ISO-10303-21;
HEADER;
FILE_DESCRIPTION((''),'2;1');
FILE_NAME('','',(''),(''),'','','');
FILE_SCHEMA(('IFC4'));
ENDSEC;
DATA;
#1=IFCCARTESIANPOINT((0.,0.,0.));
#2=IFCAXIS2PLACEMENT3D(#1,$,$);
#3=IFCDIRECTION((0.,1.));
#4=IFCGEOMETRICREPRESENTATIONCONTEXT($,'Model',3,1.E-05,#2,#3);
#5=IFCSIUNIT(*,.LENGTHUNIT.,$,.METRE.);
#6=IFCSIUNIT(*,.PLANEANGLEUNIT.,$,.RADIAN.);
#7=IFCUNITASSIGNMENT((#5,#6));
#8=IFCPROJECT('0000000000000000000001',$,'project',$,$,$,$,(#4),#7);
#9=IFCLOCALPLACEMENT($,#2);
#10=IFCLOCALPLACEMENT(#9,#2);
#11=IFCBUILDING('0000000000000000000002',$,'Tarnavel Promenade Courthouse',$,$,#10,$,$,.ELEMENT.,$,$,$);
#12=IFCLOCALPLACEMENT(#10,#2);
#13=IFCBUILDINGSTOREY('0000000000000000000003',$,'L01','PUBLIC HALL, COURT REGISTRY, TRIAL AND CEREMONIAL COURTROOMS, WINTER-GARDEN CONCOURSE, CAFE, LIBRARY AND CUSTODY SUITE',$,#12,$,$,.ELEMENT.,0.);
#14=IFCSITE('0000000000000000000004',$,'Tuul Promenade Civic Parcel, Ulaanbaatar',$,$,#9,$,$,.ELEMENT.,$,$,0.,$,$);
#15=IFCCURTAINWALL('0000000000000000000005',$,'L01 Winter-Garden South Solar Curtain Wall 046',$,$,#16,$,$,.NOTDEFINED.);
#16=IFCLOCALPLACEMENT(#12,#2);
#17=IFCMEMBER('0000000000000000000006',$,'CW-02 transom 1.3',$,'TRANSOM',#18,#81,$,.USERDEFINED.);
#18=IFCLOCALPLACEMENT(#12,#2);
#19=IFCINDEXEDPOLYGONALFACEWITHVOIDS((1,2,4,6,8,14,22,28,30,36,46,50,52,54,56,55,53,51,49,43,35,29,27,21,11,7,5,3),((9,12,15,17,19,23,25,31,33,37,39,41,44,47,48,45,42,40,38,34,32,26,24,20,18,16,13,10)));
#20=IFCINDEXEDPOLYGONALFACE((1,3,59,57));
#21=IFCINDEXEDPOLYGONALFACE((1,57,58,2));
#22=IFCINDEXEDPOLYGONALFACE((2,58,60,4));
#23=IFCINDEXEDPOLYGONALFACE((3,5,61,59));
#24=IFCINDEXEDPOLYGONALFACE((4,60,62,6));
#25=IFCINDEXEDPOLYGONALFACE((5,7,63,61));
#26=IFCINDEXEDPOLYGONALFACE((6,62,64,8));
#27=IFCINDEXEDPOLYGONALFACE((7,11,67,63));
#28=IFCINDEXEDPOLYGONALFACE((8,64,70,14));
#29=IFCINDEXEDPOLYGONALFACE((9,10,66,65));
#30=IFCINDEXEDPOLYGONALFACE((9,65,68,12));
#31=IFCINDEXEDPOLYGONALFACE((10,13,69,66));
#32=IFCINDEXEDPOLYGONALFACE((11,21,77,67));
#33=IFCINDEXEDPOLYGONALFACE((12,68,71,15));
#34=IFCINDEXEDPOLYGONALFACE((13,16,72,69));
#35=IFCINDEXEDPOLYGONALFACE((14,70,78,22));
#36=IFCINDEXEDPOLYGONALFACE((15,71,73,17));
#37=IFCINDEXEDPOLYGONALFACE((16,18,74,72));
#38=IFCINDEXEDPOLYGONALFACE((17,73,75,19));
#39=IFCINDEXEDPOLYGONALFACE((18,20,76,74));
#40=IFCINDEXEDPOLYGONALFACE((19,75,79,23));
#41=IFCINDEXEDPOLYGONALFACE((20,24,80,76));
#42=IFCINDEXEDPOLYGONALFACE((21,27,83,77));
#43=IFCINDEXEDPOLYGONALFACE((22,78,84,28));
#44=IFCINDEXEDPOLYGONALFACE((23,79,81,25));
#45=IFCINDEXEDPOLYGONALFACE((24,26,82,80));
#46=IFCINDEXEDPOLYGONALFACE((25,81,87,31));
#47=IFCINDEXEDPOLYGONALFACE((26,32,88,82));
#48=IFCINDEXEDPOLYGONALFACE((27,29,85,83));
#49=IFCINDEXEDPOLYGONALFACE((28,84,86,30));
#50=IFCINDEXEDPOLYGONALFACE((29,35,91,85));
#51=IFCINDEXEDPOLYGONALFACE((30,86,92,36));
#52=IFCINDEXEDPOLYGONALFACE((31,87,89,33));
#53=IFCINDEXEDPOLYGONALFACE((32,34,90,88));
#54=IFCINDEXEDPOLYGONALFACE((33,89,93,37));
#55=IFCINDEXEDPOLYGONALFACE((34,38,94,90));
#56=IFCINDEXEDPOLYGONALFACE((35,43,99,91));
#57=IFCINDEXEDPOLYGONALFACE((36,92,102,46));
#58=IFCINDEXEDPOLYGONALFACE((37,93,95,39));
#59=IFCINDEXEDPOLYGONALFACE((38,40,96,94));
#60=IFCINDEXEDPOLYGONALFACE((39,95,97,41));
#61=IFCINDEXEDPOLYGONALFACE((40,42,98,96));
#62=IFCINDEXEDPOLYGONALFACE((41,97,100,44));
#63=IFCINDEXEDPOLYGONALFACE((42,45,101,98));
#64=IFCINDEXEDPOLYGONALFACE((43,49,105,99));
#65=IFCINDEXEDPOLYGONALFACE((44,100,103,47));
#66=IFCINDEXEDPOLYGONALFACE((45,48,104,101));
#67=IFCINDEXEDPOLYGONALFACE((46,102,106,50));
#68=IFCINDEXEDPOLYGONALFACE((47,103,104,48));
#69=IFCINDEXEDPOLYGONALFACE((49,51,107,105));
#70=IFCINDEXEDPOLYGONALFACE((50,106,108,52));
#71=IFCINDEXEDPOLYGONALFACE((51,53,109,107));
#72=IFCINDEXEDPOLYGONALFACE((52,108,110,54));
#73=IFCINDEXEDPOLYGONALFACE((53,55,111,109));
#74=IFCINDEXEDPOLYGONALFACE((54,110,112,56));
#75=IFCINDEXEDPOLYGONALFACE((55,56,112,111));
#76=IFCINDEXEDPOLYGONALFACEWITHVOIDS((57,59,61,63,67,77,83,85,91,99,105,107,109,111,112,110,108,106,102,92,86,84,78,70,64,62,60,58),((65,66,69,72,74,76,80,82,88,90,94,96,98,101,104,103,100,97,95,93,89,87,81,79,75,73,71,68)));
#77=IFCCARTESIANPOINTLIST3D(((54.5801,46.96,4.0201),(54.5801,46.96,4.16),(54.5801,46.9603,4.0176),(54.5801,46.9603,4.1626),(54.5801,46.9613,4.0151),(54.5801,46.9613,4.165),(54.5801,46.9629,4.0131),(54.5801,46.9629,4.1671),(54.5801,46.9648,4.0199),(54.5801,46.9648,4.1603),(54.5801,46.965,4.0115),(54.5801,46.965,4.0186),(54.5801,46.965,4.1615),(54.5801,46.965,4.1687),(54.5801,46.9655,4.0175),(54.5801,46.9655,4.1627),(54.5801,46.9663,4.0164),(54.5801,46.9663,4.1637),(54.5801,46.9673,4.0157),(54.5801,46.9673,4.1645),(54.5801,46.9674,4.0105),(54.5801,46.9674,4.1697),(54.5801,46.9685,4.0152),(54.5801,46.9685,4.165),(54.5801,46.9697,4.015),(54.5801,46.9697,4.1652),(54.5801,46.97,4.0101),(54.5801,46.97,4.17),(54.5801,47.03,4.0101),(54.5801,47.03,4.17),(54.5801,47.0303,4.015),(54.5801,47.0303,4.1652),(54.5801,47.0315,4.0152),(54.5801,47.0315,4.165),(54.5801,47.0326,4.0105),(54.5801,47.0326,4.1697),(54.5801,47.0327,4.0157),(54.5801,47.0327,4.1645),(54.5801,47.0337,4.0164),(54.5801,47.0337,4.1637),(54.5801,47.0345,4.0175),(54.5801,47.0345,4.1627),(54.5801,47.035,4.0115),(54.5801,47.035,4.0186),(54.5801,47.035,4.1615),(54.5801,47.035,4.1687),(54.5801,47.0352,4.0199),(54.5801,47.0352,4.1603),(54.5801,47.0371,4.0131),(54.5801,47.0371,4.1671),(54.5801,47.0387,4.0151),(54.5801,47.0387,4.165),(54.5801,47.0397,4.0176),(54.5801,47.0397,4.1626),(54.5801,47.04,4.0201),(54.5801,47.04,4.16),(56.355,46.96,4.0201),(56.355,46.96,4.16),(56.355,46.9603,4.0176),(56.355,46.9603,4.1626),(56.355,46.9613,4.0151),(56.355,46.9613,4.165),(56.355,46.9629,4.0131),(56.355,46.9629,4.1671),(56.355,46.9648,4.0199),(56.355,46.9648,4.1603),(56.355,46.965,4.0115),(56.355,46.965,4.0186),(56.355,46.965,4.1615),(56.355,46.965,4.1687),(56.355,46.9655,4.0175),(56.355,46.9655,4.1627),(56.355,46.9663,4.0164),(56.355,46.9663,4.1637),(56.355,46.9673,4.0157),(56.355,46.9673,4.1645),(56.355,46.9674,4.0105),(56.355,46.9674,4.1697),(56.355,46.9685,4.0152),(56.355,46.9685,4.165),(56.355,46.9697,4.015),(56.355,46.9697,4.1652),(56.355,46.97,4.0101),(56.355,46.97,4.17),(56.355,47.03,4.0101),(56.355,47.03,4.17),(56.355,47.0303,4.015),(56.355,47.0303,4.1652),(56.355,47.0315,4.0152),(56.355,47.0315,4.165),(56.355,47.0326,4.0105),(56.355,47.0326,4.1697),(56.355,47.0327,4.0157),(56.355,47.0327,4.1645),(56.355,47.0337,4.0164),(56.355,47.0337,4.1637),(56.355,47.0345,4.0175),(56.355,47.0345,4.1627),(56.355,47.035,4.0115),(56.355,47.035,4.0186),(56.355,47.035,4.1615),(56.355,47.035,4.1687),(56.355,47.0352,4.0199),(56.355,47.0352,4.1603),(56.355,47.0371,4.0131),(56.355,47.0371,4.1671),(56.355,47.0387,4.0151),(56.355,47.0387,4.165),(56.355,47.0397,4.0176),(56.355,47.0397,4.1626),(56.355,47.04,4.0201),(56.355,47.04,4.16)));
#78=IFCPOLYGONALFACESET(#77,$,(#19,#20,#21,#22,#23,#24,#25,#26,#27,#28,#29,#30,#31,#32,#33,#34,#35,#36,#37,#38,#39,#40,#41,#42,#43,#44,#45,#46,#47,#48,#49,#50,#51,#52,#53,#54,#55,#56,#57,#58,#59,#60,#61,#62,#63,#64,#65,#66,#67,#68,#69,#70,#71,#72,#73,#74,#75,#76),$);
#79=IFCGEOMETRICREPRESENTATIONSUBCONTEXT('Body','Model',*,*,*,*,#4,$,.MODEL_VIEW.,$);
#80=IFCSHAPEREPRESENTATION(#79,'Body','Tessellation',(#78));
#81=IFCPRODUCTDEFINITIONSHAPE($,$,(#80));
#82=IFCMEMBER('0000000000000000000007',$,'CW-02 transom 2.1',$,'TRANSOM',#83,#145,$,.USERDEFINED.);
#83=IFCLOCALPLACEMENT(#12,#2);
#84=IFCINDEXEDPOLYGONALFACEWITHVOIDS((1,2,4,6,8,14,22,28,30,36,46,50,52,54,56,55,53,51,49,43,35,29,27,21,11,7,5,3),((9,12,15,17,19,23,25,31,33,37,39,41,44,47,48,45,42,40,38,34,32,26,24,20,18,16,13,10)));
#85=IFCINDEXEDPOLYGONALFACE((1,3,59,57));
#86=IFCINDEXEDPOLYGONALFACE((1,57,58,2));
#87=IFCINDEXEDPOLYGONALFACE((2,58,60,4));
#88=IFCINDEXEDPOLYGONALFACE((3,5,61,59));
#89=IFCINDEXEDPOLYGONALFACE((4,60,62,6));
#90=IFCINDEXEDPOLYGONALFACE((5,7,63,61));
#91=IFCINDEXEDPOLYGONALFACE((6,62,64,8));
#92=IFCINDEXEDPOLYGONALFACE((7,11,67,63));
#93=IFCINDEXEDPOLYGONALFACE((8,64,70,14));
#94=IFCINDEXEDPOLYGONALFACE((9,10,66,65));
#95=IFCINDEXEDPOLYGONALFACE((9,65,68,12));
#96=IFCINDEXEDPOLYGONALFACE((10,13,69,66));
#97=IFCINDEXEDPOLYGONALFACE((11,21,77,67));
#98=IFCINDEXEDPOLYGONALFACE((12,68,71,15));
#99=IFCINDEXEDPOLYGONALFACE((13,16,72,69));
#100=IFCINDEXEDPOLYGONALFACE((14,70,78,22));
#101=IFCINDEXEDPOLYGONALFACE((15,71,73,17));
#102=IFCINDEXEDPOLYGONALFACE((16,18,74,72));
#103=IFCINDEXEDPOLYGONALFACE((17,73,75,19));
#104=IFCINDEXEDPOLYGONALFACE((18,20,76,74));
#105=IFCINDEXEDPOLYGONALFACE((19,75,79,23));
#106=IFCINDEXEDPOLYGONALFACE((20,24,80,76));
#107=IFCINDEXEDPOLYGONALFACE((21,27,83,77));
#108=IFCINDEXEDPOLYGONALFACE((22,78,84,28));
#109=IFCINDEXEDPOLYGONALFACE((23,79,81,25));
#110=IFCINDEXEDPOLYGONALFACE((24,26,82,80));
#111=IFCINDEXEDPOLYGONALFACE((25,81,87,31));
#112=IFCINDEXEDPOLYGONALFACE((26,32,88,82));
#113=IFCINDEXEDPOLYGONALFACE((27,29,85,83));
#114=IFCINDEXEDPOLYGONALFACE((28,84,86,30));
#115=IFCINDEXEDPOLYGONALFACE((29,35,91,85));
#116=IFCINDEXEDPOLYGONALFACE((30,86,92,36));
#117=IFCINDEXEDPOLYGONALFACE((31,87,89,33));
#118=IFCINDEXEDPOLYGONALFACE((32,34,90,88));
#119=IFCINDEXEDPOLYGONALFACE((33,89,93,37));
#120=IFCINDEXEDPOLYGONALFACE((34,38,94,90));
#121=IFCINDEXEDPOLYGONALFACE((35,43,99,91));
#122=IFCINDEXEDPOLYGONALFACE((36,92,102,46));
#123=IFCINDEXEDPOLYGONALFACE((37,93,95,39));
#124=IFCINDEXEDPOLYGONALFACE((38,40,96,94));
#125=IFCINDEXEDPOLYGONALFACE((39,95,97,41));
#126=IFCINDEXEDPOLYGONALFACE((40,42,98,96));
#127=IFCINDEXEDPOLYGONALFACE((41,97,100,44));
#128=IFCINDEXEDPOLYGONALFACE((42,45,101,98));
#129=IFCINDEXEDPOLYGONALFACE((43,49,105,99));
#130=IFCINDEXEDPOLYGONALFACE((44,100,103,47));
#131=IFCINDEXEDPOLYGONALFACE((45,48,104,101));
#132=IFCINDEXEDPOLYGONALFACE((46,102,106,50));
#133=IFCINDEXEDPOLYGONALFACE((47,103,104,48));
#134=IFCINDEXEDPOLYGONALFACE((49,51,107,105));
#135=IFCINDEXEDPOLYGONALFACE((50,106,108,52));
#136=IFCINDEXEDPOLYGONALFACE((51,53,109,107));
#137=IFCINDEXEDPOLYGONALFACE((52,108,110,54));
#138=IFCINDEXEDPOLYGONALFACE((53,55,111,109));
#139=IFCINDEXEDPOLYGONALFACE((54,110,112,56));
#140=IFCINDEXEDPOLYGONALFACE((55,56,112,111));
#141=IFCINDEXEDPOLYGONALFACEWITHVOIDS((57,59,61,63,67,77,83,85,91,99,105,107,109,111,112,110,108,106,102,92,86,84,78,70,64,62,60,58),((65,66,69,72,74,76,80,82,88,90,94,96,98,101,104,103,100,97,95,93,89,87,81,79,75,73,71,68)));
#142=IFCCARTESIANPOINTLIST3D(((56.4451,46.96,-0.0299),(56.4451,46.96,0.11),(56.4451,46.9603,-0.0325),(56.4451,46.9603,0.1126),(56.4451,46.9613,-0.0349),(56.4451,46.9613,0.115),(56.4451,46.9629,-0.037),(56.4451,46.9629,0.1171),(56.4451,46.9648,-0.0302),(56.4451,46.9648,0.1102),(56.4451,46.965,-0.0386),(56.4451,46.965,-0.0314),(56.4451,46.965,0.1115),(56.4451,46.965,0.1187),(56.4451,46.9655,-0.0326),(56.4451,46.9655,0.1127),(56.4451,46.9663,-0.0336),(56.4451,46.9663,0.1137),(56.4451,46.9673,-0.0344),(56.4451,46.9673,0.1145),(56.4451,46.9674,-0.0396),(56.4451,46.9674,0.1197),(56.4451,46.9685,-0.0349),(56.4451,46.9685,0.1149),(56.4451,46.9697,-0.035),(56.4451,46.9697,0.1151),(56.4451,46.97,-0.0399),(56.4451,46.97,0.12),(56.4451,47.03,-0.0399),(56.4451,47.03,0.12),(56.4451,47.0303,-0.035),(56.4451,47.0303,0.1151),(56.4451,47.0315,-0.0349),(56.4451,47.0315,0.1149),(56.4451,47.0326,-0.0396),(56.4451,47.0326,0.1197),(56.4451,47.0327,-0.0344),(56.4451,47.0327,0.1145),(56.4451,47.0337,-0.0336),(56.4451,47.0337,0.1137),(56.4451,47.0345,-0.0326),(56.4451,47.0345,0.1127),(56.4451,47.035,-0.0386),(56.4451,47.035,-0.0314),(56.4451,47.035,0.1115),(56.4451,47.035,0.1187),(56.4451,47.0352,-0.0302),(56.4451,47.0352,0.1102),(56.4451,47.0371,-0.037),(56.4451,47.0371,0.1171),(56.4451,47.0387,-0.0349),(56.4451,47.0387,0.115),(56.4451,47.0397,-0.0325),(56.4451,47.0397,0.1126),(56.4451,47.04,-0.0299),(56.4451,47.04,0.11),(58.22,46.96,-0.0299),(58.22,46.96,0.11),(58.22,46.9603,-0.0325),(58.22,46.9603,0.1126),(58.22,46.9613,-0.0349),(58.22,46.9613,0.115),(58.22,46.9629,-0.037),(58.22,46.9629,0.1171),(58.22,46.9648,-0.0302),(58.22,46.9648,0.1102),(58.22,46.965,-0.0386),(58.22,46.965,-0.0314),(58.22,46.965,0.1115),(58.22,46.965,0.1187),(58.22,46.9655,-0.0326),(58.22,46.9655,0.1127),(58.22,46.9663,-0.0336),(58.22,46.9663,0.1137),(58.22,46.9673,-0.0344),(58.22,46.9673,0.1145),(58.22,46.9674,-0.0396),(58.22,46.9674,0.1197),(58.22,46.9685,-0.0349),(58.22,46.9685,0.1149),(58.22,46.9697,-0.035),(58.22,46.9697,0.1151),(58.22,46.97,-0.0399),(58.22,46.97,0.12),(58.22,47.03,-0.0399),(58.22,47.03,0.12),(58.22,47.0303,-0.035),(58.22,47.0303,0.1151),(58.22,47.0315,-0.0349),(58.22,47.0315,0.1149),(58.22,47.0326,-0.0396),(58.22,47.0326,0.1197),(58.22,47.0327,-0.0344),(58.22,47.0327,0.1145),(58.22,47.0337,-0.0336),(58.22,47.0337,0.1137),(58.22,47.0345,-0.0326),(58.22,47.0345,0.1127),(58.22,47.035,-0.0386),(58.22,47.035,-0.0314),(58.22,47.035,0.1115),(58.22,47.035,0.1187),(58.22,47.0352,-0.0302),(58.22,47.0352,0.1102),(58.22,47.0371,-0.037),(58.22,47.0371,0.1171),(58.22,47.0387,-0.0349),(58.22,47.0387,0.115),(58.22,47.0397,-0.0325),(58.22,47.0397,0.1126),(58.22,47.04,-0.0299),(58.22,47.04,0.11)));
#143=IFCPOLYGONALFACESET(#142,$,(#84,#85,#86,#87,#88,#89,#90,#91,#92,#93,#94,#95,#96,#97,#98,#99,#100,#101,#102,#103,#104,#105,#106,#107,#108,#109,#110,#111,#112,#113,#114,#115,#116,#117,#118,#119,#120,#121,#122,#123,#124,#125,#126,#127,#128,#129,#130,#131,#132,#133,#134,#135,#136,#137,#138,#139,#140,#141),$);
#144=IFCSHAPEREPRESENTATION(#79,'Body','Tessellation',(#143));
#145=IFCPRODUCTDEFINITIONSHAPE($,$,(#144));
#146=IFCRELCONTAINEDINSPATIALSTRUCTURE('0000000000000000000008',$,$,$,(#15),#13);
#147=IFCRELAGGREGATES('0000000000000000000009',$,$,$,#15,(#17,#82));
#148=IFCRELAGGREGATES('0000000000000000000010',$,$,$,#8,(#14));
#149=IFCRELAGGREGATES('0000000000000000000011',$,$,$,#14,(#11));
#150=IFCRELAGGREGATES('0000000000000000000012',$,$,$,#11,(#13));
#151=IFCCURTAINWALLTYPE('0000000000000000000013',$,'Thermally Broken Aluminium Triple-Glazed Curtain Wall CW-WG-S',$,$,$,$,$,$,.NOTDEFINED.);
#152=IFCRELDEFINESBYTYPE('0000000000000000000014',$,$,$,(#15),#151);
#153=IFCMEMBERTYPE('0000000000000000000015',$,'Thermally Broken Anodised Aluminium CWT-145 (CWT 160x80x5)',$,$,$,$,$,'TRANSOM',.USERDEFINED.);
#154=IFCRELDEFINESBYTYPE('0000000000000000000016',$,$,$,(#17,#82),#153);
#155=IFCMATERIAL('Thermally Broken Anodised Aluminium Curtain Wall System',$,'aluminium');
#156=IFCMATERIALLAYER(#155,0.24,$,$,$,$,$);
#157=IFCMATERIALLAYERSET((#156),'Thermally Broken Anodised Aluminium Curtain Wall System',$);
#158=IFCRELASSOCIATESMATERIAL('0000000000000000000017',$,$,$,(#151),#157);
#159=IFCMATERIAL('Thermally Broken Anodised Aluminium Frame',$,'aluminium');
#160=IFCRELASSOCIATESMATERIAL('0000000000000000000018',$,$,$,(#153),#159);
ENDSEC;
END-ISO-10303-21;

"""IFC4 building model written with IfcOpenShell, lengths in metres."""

from ifc_helpers import new_model, si_unit, direction, frame, origin, origin_2d, place, context, subcontext, project, spatial, hollow_rectangle, extrude, material, layer, layer_set, material_profile, profile_set, type_object, element, aggregate, save


model = new_model("IFC4")

# Units and contexts
model_context = context("Model", 3, precision=1e-05, world=origin(), true_north=direction((0.0, 1.0)))
body_context = subcontext(model_context, "Body", "Model", "MODEL_VIEW")
ifc_project = project(units=[si_unit("LENGTHUNIT", "METRE"), si_unit("PLANEANGLEUNIT", "RADIAN")], contexts=[model_context])

# Site, building, storey
site_placement = place(None, origin())
site = spatial("IfcSite", under=ifc_project, at=site_placement, Name="Tuul Promenade Civic Parcel, Ulaanbaatar", CompositionType="ELEMENT", RefElevation=0.0)
building_placement = place(site_placement, origin())
building = spatial("IfcBuilding", under=site, at=building_placement, Name="Tarnavel Promenade Courthouse", CompositionType="ELEMENT")
storey_placement = place(building_placement, origin())
storey = spatial("IfcBuildingStorey", under=building, at=storey_placement, Name="L01", Description="PUBLIC HALL, COURT REGISTRY, TRIAL AND CEREMONIAL COURTROOMS, WINTER-GARDEN CONCOURSE, CAFE, LIBRARY AND CUSTODY SUITE", CompositionType="ELEMENT", Elevation=0.0)

# Curtain wall
ifc_material_1 = material(Name="Thermally Broken Anodised Aluminium Curtain Wall System", Category="aluminium")
ifc_layer_1 = layer(ifc_material_1, 0.24)
ifc_layer_set_1 = layer_set([ifc_layer_1], Name="Thermally Broken Anodised Aluminium Curtain Wall System")
curtain_wall_type = type_object("IfcCurtainWallType", Name="Thermally Broken Aluminium Triple-Glazed Curtain Wall CW-WG-S", PredefinedType="NOTDEFINED", material=ifc_layer_set_1)
curtain_wall_1_placement = place(storey_placement, origin())
curtain_wall_1 = element("IfcCurtainWall", 1, at=curtain_wall_1_placement, inside=storey, type_object=curtain_wall_type, Name="L01 Winter-Garden South Solar Curtain Wall 046", PredefinedType="NOTDEFINED")
ifc_material_2 = material(Name="Thermally Broken Anodised Aluminium Frame", Category="aluminium")

# Members
ifc_material_profile_1 = material_profile(ifc_material_2, hollow_rectangle(XDim=0.0801, YDim=0.1599, WallThickness=0.0049, InnerFilletRadius=0.0049, OuterFilletRadius=0.01, at=origin_2d()), Name="CWT 160x80x5")
ifc_profile_set_1 = profile_set([ifc_material_profile_1], Name="Thermally Broken Anodised Aluminium Frame")
member_type_1 = type_object("IfcMemberType", Name="Thermally Broken Anodised Aluminium CWT-145 (CWT 160x80x5)", ElementType="TRANSOM", PredefinedType="USERDEFINED", material=ifc_profile_set_1)
member_1_placement = place(storey_placement, frame((54.5801, 47.0, 4.0901), z_axis=(1.0, 0.0, 0.0), x_axis=(0.0, 1.0, 0.0)))
member_1 = element("IfcMember", 2, at=member_1_placement, type_object=member_type_1, Name="CW-02 transom 1.3", ObjectType="TRANSOM", PredefinedType="USERDEFINED", context=body_context, shape_type="SweptSolid", body=[
    extrude(hollow_rectangle(XDim=0.0801, YDim=0.1599, WallThickness=0.0049, InnerFilletRadius=0.0049, OuterFilletRadius=0.01, at=origin_2d()), origin(), (0.0, 0.0, 1.0), 1.7749),
])
member_2_placement = place(storey_placement, frame((56.4451, 47.0, 0.04), z_axis=(1.0, 0.0, 0.0), x_axis=(0.0, 1.0, 0.0)))
member_2 = element("IfcMember", 3, at=member_2_placement, type_object=member_type_1, Name="CW-02 transom 2.1", ObjectType="TRANSOM", PredefinedType="USERDEFINED", context=body_context, shape_type="SweptSolid", body=[
    extrude(hollow_rectangle(XDim=0.0801, YDim=0.1599, WallThickness=0.0049, InnerFilletRadius=0.0049, OuterFilletRadius=0.01, at=origin_2d()), origin(), (0.0, 0.0, 1.0), 1.7749),
])

aggregate(curtain_wall_1, [member_1, member_2])

save(model, "model.ifc")
